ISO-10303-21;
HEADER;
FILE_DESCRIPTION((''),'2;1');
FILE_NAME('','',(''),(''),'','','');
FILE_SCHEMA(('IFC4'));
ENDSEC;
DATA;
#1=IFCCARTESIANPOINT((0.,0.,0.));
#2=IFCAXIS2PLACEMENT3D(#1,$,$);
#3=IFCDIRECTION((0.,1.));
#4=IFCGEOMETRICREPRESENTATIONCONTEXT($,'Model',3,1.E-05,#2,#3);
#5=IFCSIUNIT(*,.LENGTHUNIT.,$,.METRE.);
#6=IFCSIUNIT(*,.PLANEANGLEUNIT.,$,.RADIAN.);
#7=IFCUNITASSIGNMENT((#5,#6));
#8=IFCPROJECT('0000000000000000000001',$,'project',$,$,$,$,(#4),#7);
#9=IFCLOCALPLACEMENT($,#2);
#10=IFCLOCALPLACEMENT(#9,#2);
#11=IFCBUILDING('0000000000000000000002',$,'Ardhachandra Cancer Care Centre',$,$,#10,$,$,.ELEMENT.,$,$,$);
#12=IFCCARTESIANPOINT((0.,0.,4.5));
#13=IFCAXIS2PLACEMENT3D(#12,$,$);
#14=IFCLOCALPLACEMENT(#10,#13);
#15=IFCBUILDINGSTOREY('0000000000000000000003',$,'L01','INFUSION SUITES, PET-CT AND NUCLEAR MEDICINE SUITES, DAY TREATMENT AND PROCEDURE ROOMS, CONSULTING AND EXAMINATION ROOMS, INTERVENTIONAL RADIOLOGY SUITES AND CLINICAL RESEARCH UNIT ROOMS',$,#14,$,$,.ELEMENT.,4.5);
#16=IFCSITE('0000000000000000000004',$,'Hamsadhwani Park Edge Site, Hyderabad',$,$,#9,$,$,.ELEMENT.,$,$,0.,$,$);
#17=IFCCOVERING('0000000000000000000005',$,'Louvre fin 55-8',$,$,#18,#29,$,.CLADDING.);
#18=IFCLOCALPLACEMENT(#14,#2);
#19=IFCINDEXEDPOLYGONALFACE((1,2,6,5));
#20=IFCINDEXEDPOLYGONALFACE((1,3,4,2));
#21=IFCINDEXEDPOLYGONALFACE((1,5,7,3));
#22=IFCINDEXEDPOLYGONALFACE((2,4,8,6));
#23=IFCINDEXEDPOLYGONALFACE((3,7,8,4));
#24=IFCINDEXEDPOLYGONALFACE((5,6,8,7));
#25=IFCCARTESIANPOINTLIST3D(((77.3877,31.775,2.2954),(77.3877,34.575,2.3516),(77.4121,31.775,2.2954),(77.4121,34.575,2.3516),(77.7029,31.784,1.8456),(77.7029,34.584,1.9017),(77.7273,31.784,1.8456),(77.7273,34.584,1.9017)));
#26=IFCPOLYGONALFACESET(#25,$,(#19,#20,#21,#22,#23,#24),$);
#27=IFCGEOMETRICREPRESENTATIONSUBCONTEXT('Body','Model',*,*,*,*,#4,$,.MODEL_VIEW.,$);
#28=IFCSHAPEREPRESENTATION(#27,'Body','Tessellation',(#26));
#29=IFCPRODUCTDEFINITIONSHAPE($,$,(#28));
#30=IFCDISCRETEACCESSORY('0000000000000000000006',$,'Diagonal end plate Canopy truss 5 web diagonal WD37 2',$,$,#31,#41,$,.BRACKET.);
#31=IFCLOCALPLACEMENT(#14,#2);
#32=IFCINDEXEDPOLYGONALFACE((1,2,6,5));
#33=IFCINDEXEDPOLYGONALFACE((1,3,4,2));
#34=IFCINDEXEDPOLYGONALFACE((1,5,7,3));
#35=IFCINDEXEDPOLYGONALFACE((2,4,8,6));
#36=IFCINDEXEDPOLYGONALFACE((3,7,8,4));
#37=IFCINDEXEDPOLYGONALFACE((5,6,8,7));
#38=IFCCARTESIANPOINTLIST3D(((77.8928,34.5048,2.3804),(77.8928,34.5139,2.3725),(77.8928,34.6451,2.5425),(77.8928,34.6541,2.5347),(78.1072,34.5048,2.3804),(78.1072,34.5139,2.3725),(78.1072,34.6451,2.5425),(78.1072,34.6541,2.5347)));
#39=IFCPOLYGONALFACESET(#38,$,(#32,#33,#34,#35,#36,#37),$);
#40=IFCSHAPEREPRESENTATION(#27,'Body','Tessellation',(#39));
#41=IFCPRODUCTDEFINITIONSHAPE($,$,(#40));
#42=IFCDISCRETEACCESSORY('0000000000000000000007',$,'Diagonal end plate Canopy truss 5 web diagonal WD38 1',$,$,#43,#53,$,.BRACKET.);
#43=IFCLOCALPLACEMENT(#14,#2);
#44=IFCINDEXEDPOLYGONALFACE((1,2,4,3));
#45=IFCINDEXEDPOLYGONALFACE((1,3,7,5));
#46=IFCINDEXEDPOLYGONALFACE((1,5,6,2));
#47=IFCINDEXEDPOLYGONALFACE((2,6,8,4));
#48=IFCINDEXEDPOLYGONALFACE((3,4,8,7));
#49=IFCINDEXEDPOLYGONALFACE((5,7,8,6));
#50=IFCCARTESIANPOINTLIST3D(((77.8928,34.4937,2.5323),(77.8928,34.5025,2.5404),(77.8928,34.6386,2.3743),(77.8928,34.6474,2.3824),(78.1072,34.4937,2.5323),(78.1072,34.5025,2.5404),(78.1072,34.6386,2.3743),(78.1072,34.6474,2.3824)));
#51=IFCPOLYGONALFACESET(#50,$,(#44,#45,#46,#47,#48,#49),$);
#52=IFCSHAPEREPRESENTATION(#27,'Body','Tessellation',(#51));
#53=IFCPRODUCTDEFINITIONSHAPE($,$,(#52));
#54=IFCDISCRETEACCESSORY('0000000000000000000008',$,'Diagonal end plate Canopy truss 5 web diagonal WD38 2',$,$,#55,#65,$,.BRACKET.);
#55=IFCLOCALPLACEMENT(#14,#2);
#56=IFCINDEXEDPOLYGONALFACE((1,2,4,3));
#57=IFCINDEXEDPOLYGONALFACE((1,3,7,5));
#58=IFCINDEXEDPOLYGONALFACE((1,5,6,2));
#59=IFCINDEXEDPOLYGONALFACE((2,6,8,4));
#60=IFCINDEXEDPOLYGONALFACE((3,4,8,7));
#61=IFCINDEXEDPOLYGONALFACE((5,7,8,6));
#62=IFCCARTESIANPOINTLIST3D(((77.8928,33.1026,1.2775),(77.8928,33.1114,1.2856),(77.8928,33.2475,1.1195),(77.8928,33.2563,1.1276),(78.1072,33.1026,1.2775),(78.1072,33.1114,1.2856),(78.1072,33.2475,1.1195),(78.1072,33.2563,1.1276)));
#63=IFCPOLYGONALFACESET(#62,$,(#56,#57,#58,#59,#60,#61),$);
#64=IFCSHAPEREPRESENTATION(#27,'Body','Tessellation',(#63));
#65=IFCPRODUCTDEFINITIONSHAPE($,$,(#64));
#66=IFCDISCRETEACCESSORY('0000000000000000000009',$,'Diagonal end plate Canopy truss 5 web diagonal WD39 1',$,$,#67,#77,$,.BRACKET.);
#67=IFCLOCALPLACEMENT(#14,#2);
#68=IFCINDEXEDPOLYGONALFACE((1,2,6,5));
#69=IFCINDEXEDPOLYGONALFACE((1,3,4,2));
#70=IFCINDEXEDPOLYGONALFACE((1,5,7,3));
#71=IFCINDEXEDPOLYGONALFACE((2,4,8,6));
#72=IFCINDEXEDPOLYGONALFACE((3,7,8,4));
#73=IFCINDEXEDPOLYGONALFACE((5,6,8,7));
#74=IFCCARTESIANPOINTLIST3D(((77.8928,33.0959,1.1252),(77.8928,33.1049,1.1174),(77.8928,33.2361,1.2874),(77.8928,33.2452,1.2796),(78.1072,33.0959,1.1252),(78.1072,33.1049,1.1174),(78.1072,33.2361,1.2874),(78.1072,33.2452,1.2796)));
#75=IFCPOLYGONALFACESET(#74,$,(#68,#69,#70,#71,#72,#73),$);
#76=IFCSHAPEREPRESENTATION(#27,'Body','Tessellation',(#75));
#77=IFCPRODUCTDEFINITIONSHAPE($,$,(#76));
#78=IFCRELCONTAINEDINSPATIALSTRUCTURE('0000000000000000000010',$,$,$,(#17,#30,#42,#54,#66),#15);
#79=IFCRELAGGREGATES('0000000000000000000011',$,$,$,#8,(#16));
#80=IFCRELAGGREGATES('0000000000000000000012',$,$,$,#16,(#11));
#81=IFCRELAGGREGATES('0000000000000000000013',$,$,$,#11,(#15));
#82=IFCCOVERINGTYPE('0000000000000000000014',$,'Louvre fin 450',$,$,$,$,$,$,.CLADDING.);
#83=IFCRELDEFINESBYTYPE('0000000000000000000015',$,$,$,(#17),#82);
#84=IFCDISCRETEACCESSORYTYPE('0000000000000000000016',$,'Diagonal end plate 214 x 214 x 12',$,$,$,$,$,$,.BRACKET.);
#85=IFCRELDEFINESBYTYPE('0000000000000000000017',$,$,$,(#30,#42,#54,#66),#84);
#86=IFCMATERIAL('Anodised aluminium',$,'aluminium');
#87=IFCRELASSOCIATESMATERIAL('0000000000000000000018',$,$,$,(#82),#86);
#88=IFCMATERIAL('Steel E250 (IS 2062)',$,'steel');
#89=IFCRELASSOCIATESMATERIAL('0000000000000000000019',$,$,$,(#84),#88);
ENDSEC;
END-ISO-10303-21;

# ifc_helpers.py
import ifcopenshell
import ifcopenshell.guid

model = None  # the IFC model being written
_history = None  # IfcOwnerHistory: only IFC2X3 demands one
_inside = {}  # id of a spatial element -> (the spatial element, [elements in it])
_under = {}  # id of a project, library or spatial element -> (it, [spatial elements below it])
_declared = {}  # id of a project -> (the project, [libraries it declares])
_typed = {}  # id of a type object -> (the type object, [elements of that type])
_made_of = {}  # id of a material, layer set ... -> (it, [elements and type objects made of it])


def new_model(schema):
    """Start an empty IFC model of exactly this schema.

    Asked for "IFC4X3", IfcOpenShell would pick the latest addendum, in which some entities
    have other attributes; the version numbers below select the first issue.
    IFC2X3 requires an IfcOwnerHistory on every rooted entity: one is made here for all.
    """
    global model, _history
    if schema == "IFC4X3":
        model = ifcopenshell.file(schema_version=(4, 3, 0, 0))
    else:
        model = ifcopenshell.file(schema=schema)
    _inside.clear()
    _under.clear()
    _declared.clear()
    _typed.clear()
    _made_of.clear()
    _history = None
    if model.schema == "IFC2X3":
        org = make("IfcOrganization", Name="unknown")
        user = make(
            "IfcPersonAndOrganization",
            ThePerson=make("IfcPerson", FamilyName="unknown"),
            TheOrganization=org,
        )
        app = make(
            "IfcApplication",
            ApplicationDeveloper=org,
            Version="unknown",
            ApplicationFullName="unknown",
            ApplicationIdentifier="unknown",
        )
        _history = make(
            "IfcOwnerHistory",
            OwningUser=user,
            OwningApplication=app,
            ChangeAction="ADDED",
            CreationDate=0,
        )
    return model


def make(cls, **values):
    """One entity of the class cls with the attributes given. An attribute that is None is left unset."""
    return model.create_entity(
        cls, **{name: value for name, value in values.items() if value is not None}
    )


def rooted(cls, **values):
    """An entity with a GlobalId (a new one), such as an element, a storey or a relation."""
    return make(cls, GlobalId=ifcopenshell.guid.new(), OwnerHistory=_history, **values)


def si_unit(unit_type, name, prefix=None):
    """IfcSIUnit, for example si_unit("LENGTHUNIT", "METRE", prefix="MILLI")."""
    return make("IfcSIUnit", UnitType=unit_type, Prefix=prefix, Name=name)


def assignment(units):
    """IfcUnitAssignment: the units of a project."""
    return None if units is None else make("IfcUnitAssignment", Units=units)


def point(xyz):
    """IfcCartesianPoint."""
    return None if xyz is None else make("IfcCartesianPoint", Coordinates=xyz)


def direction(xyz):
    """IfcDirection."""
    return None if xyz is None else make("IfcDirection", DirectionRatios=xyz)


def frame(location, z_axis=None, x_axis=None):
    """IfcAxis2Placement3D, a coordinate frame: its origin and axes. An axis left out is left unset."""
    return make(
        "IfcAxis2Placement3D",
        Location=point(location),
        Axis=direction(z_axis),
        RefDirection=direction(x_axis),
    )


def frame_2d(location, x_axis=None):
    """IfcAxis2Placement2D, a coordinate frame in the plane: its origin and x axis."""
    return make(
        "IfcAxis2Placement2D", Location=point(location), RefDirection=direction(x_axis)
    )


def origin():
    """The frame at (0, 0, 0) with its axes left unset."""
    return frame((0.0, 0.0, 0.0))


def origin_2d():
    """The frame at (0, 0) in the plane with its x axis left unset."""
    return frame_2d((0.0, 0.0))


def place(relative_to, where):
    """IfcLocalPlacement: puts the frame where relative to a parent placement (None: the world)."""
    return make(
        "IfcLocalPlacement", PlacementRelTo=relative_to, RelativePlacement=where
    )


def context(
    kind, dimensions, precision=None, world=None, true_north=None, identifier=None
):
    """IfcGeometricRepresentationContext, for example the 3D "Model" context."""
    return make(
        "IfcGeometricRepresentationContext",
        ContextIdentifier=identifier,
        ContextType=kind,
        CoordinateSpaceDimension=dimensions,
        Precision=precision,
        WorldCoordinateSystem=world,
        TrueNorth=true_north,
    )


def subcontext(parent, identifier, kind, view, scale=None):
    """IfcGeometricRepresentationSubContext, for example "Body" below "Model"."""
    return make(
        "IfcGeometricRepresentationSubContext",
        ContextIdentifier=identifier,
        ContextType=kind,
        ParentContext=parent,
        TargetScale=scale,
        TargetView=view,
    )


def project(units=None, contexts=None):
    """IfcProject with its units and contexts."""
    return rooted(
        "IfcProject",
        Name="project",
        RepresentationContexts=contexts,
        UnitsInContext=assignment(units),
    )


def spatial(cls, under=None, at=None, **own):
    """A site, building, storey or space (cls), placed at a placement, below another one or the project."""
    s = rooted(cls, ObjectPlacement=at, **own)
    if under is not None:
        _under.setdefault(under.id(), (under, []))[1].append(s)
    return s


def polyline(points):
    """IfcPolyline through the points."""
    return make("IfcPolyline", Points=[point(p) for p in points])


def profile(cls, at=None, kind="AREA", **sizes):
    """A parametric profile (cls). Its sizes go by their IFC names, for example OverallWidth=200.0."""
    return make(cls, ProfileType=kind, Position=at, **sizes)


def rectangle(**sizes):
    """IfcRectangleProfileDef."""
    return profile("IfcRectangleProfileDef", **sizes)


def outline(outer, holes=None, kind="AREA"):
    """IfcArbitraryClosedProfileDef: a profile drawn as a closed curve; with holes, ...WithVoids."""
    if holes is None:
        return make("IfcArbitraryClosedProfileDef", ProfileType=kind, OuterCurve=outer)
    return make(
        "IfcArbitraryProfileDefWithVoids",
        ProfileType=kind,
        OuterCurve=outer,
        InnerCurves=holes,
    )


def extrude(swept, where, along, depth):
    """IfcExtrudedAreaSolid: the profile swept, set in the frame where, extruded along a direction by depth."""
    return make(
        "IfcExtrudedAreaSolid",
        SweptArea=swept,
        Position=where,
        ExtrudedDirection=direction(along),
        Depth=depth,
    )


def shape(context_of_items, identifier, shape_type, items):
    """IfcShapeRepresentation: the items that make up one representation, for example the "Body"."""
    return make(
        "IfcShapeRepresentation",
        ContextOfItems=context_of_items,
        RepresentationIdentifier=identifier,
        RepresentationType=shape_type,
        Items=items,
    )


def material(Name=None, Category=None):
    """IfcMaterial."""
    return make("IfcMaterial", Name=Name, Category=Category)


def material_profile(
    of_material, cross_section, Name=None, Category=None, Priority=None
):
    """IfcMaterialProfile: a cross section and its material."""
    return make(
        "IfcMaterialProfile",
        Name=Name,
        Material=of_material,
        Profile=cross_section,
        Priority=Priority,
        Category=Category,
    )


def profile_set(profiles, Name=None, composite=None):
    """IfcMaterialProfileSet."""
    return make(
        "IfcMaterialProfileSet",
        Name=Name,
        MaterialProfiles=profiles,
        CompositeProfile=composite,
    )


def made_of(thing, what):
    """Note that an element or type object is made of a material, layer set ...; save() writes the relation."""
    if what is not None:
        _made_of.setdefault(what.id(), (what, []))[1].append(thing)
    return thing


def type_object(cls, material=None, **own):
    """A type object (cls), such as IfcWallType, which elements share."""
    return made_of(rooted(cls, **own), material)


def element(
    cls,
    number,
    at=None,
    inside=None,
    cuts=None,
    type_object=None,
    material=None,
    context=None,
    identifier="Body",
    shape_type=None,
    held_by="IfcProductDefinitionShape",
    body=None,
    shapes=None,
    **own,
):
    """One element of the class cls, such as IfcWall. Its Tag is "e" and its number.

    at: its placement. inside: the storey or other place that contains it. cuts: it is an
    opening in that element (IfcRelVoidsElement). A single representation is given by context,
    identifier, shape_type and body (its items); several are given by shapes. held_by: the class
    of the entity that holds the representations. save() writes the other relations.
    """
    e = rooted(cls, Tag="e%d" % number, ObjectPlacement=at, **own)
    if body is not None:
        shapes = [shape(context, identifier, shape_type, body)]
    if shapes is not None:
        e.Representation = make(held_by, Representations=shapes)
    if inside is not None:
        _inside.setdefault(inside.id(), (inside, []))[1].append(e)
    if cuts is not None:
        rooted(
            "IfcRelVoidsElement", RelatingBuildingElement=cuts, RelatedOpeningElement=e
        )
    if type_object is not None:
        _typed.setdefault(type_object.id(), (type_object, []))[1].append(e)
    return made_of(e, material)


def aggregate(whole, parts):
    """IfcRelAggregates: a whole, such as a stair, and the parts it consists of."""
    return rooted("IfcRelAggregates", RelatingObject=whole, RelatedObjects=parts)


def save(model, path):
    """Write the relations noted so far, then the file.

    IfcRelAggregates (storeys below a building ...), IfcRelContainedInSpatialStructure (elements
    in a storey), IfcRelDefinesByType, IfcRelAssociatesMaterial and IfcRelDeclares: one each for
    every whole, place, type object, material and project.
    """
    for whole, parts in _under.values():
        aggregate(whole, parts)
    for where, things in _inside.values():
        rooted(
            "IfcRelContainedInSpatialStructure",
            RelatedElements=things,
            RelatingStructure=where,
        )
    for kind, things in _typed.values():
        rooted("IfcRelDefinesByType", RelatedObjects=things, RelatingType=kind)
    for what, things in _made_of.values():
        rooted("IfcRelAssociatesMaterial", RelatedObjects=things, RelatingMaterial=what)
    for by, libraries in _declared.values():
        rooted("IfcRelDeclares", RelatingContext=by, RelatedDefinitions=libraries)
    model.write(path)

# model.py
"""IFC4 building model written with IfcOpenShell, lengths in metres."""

from ifc_helpers import new_model, si_unit, direction, frame, origin, origin_2d, place, context, subcontext, project, spatial, polyline, rectangle, outline, extrude, material, material_profile, profile_set, type_object, element, save


model = new_model("IFC4")

# Units and contexts
model_context = context("Model", 3, precision=1e-05, world=origin(), true_north=direction((0.0, 1.0)))
body_context = subcontext(model_context, "Body", "Model", "MODEL_VIEW")
ifc_project = project(units=[si_unit("LENGTHUNIT", "METRE"), si_unit("PLANEANGLEUNIT", "RADIAN")], contexts=[model_context])

# Site, building, storey
site_placement = place(None, origin())
site = spatial("IfcSite", under=ifc_project, at=site_placement, Name="Hamsadhwani Park Edge Site, Hyderabad", CompositionType="ELEMENT", RefElevation=0.0)
building_placement = place(site_placement, origin())
building = spatial("IfcBuilding", under=site, at=building_placement, Name="Ardhachandra Cancer Care Centre", CompositionType="ELEMENT")
storey_placement = place(building_placement, frame((0.0, 0.0, 4.5)))
storey = spatial("IfcBuildingStorey", under=building, at=storey_placement, Name="L01", Description="INFUSION SUITES, PET-CT AND NUCLEAR MEDICINE SUITES, DAY TREATMENT AND PROCEDURE ROOMS, CONSULTING AND EXAMINATION ROOMS, INTERVENTIONAL RADIOLOGY SUITES AND CLINICAL RESEARCH UNIT ROOMS", CompositionType="ELEMENT", Elevation=4.5)

# Covering
ifc_material_1 = material(Name="Anodised aluminium", Category="aluminium")
ifc_material_profile_1 = material_profile(ifc_material_1, outline(polyline([(-0.0122, 0.0), (0.0122, 0.0), (0.3274, -0.45), (0.303, -0.45), (-0.0122, 0.0)])), Name="Louvre fin 450")
ifc_profile_set_1 = profile_set([ifc_material_profile_1], Name="Anodised aluminium")
covering_type = type_object("IfcCoveringType", Name="Louvre fin 450", PredefinedType="CLADDING", material=ifc_profile_set_1)
for number, where, z_axis, x_axis, name in (
    (1, (77.3999, 34.575, 2.3516), (0.0, -0.999799, -0.02005), (1.0, 0.0, 0.0), "Louvre fin 55-8"),
):
    element("IfcCovering", number, at=place(storey_placement, frame(where, z_axis=z_axis, x_axis=x_axis)), inside=storey, type_object=covering_type, Name=name, PredefinedType="CLADDING", context=body_context, shape_type="SweptSolid", body=[
        extrude(outline(polyline([(-0.0122, 0.0), (0.0122, 0.0), (0.3274, -0.45), (0.303, -0.45), (-0.0122, 0.0)])), origin(), (0.0, 0.0, 1.0), 2.8005),
    ])

# Discrete accessories
ifc_material_2 = material(Name="Steel E250 (IS 2062)", Category="steel")
ifc_material_profile_2 = material_profile(ifc_material_2, rectangle(XDim=0.2144, YDim=0.2144, at=origin_2d()), Name="PL 214x214x12")
ifc_profile_set_2 = profile_set([ifc_material_profile_2], Name="Steel E250 (IS 2062)")
discrete_accessory_type = type_object("IfcDiscreteAccessoryType", Name="Diagonal end plate 214 x 214 x 12", PredefinedType="BRACKET", material=ifc_profile_set_2)
for number, where, z_axis, x_axis, name in (
    (2, (78.0, 34.575, 2.4614), (0.0, 0.756363, -0.654152), (-1.0, 0.0, 0.0), "Diagonal end plate Canopy truss 5 web diagonal WD37 2"),
    (3, (78.0, 34.575, 2.4614), (0.0, -0.737154, -0.675725), (1.0, 0.0, 0.0), "Diagonal end plate Canopy truss 5 web diagonal WD38 1"),
    (4, (78.0, 33.175, 1.1985), (0.0, 0.737154, 0.675725), (-1.0, 0.0, 0.0), "Diagonal end plate Canopy truss 5 web diagonal WD38 2"),
    (5, (78.0, 33.175, 1.1985), (0.0, -0.756363, 0.654152), (1.0, 0.0, 0.0), "Diagonal end plate Canopy truss 5 web diagonal WD39 1"),
):
    element("IfcDiscreteAccessory", number, at=place(storey_placement, frame(where, z_axis=z_axis, x_axis=x_axis)), inside=storey, type_object=discrete_accessory_type, Name=name, PredefinedType="BRACKET", context=body_context, shape_type="SweptSolid", body=[
        extrude(rectangle(XDim=0.2144, YDim=0.2144, at=origin_2d()), origin(), (0.0, 0.0, 1.0), 0.012),
    ])

save(model, "model.ifc")
